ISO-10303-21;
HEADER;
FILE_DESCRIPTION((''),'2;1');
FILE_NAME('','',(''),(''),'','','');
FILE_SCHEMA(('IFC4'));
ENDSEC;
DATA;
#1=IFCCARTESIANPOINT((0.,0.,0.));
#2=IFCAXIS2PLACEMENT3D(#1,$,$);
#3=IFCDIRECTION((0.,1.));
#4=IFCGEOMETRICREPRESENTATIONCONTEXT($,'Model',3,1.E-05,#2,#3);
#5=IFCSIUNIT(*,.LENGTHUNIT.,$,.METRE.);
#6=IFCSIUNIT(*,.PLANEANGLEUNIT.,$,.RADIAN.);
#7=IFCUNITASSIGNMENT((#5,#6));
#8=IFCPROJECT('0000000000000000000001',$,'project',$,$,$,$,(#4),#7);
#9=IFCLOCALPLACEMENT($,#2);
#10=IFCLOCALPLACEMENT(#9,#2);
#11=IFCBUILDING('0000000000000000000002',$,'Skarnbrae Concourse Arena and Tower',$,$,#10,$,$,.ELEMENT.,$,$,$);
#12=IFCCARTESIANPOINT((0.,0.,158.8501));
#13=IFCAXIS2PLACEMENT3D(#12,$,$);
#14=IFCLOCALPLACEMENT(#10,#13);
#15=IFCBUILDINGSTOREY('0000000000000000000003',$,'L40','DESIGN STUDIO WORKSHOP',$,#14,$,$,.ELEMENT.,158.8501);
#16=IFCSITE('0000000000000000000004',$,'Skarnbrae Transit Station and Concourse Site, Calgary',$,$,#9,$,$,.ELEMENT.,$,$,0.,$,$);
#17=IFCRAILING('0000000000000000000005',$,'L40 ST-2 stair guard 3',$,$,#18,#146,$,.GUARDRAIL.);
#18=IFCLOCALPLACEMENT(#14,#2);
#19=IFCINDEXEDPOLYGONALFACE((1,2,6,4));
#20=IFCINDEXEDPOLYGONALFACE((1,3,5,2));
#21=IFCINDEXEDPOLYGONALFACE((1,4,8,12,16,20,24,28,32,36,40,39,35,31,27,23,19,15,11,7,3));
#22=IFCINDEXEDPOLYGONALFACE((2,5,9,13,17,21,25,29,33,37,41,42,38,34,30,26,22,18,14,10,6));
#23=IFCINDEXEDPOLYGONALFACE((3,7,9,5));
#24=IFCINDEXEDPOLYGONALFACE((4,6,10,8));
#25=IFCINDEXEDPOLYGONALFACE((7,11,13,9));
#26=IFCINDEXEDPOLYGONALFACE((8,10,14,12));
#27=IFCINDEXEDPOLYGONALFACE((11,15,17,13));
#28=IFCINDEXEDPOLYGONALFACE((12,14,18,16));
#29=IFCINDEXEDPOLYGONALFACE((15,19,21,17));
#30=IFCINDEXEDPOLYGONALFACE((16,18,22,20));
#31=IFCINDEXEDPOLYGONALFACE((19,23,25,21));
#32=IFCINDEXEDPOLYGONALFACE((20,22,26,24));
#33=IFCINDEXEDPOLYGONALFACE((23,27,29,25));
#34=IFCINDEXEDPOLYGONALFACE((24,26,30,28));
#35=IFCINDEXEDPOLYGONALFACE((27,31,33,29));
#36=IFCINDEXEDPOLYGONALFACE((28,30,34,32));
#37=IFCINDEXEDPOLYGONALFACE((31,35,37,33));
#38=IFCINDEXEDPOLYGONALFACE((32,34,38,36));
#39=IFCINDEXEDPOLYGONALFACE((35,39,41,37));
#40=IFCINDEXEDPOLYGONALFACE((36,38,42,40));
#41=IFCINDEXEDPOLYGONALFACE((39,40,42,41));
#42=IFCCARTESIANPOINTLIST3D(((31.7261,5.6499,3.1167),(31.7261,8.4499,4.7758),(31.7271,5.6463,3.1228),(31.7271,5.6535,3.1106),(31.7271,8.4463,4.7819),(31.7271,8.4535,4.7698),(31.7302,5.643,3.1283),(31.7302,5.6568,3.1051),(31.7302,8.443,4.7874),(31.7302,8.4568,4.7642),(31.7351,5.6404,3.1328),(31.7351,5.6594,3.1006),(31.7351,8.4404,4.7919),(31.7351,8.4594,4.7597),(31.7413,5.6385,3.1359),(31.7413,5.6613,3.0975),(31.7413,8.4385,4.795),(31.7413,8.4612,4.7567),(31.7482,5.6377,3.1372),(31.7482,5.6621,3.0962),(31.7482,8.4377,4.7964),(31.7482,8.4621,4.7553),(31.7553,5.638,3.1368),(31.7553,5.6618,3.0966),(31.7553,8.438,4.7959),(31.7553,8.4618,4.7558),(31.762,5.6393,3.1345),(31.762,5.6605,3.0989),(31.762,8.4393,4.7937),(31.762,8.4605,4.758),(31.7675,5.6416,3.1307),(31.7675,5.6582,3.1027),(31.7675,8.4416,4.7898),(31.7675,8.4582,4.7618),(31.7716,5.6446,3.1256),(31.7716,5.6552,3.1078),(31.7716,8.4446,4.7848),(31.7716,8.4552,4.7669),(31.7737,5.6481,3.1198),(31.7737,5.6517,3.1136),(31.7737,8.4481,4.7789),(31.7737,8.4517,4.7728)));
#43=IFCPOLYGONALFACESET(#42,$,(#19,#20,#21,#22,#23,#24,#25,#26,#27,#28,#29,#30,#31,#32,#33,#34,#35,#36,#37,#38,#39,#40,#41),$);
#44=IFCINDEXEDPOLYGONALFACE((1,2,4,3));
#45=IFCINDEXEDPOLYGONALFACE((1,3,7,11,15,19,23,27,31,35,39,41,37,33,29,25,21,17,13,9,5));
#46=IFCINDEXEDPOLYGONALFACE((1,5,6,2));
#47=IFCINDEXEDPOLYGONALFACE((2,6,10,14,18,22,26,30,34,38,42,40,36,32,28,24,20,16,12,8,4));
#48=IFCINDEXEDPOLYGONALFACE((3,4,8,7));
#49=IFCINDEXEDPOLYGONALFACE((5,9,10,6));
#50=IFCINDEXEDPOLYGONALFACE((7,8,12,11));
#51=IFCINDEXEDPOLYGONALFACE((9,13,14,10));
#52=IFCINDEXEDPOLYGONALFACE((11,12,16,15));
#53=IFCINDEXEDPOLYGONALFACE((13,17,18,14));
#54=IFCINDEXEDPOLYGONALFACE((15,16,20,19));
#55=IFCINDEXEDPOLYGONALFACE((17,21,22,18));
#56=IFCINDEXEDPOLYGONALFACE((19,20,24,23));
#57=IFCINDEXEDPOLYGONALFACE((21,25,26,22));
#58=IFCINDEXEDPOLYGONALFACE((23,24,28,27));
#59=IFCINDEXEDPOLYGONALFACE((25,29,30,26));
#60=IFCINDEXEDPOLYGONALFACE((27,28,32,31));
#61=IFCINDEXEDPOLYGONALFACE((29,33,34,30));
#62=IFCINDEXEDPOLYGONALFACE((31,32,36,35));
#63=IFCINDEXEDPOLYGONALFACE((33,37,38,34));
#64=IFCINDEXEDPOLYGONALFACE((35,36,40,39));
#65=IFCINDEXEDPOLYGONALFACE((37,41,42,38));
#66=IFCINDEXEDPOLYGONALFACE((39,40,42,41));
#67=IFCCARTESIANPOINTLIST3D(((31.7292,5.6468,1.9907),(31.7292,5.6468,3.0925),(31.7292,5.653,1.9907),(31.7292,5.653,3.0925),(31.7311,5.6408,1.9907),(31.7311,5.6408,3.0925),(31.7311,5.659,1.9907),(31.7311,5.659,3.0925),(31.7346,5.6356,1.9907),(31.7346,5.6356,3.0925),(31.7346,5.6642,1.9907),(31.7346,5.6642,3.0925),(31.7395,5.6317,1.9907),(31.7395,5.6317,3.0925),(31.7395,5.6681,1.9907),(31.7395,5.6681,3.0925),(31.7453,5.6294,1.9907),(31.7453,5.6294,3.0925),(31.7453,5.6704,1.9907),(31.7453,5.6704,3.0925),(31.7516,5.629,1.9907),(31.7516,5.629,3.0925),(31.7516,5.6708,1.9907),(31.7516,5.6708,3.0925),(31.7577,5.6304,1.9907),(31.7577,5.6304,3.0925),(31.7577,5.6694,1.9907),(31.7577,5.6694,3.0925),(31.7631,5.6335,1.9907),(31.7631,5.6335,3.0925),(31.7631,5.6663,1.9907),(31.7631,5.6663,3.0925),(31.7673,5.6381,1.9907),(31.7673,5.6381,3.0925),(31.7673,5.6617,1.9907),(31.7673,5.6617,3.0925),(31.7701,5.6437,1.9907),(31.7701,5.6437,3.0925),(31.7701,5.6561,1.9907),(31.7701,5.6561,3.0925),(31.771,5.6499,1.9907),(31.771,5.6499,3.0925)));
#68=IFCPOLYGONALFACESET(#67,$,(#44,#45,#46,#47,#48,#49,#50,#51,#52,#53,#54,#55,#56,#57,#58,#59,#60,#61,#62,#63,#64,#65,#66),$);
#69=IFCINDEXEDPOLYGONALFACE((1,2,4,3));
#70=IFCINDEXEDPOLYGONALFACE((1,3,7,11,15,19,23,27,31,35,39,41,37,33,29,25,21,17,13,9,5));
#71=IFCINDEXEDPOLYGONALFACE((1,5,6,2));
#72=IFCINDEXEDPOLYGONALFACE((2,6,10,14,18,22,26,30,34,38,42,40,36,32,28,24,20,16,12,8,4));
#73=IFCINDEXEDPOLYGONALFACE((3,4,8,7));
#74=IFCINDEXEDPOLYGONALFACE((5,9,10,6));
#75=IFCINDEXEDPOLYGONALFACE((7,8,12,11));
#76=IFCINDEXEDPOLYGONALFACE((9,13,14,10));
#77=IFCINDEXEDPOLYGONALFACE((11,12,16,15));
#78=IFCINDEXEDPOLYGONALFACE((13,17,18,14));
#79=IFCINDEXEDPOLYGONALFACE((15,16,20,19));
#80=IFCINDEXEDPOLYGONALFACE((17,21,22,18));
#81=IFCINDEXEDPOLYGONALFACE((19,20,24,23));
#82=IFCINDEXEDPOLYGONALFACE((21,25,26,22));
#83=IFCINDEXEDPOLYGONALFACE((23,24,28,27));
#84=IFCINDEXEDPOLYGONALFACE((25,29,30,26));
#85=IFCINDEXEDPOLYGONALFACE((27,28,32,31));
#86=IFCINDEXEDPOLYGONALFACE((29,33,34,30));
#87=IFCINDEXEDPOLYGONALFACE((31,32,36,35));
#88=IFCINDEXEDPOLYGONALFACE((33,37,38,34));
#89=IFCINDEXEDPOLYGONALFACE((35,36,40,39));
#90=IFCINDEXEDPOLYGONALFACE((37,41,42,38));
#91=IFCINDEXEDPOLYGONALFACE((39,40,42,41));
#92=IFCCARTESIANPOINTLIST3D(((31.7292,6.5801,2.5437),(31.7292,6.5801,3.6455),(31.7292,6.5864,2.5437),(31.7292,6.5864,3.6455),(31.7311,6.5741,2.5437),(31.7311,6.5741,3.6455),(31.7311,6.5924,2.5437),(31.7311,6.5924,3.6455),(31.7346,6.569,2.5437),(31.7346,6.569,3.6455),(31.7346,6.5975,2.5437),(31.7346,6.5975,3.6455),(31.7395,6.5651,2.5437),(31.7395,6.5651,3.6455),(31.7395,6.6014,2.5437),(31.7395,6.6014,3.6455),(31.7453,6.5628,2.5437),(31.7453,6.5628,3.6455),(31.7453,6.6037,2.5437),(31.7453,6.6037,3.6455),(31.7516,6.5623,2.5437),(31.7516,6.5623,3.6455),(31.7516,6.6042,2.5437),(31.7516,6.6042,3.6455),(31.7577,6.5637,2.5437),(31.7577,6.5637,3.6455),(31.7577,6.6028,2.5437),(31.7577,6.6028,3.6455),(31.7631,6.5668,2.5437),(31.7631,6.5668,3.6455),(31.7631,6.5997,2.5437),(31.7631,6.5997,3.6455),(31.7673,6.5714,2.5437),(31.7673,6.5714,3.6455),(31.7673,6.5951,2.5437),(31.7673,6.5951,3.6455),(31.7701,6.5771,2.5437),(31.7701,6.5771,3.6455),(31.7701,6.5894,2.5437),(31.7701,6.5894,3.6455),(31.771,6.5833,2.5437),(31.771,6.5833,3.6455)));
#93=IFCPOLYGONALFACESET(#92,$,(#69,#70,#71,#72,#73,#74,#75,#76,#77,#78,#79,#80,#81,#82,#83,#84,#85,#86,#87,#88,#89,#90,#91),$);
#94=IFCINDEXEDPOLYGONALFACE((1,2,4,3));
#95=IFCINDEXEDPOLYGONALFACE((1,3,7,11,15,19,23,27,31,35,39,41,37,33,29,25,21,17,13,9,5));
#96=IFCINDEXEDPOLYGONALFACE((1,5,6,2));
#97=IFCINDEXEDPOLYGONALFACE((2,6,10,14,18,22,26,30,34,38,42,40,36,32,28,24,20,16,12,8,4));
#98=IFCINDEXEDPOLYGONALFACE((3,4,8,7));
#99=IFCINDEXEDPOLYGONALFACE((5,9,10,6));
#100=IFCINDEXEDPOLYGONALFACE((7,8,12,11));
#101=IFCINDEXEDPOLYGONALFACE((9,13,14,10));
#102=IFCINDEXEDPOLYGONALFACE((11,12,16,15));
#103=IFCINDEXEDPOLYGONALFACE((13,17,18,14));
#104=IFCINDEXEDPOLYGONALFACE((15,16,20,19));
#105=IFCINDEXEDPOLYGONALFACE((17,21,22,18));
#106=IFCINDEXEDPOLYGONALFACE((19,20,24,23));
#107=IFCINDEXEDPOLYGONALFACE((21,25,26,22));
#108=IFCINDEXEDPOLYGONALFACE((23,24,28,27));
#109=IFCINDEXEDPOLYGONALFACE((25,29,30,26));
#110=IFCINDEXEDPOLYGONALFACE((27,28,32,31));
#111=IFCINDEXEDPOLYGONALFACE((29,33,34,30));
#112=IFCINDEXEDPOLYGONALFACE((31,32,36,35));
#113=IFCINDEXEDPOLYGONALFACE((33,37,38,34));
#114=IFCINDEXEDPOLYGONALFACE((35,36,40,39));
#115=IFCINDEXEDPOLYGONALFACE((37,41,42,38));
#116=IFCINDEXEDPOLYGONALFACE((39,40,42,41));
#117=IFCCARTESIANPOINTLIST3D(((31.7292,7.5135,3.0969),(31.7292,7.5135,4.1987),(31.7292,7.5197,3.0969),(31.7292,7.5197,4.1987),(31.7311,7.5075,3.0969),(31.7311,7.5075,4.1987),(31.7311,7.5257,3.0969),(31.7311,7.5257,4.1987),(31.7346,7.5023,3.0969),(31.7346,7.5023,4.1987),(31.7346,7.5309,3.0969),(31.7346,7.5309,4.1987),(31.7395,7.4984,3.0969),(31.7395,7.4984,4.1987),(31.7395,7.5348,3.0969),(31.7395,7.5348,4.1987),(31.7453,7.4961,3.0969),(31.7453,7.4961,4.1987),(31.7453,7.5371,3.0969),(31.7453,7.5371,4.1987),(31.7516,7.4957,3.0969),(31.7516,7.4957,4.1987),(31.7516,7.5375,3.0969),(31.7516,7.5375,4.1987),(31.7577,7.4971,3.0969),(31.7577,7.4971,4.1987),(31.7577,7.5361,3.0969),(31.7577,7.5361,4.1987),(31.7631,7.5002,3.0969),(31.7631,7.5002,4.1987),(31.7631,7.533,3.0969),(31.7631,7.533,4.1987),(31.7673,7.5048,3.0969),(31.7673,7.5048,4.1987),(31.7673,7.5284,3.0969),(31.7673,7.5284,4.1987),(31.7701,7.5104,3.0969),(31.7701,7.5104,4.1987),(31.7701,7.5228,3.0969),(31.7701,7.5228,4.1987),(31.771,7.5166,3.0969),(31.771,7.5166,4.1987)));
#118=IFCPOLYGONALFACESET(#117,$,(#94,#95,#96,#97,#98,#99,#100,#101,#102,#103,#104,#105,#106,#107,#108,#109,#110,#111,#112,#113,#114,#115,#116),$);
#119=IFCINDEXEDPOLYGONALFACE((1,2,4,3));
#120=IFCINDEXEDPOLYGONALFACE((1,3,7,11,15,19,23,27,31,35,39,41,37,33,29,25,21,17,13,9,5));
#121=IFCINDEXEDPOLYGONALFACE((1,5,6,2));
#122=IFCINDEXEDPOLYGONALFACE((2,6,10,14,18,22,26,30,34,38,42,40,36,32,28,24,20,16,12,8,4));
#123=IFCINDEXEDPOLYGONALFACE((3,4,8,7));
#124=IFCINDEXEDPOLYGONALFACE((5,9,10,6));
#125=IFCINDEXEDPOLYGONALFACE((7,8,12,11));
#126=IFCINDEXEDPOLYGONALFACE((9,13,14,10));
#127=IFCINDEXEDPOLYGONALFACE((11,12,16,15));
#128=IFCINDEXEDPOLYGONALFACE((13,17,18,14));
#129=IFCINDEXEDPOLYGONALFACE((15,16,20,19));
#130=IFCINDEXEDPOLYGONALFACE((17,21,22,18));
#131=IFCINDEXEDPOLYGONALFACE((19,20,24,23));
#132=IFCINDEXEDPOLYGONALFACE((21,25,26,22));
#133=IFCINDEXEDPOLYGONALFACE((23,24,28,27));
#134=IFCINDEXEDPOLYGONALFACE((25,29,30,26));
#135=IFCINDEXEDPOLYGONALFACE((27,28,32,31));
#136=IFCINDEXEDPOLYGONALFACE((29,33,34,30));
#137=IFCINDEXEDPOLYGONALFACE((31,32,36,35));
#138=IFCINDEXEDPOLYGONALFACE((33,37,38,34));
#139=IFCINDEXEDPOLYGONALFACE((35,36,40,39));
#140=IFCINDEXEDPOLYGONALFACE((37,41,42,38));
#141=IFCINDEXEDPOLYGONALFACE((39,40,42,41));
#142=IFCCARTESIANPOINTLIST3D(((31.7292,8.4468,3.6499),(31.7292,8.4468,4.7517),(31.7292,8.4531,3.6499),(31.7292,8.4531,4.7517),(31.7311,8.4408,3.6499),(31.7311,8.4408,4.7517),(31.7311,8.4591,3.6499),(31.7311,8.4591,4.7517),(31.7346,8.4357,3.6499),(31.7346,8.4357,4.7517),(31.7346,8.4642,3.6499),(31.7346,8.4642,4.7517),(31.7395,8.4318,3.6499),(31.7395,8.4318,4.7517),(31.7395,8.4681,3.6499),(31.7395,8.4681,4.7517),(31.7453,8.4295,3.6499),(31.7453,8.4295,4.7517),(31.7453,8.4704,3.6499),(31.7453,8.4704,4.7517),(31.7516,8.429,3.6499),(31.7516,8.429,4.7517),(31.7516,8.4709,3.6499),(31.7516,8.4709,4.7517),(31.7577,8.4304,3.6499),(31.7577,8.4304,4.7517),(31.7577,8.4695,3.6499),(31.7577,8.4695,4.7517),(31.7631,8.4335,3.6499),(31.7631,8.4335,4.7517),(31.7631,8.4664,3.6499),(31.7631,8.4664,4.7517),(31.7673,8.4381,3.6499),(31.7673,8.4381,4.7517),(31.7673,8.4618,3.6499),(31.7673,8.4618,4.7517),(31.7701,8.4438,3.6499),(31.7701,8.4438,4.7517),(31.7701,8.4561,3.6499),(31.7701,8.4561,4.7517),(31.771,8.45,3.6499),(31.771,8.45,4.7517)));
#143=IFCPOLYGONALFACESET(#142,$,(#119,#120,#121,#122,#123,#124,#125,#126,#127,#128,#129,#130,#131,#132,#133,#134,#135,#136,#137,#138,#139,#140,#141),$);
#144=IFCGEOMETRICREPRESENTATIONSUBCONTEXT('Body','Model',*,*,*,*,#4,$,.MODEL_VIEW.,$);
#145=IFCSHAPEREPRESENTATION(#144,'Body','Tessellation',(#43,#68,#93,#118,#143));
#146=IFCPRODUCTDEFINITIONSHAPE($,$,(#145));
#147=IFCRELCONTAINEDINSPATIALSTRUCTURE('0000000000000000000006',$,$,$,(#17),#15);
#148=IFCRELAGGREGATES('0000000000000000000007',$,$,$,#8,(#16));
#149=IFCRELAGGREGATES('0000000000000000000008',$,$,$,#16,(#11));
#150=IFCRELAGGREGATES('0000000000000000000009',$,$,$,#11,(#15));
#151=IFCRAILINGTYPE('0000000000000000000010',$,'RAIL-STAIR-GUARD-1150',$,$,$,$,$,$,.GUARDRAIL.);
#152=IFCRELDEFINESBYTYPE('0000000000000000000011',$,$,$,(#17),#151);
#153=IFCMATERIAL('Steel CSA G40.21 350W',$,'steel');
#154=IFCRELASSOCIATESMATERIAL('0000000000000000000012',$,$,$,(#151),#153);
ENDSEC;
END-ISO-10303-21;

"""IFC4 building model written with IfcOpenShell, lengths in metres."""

from ifc_helpers import new_model, si_unit, direction, frame, origin, origin_2d, place, context, subcontext, project, spatial, circle, extrude, material, type_object, element, save


model = new_model("IFC4")

# Units and contexts
model_context = context("Model", 3, precision=1e-05, world=origin(), true_north=direction((0.0, 1.0)))
body_context = subcontext(model_context, "Body", "Model", "MODEL_VIEW")
ifc_project = project(units=[si_unit("LENGTHUNIT", "METRE"), si_unit("PLANEANGLEUNIT", "RADIAN")], contexts=[model_context])

# Site, building, storey
site_placement = place(None, origin())
site = spatial("IfcSite", under=ifc_project, at=site_placement, Name="Skarnbrae Transit Station and Concourse Site, Calgary", CompositionType="ELEMENT", RefElevation=0.0)
building_placement = place(site_placement, origin())
building = spatial("IfcBuilding", under=site, at=building_placement, Name="Skarnbrae Concourse Arena and Tower", CompositionType="ELEMENT")
storey_placement = place(building_placement, frame((0.0, 0.0, 158.8501)))
storey = spatial("IfcBuildingStorey", under=building, at=storey_placement, Name="L40", Description="DESIGN STUDIO WORKSHOP", CompositionType="ELEMENT", Elevation=158.8501)

# Shared definitions
ifc_material_1 = material(Name="Steel CSA G40.21 350W", Category="steel")

# Railing
railing_type_1 = type_object("IfcRailingType", Name="RAIL-STAIR-GUARD-1150", PredefinedType="GUARDRAIL", material=ifc_material_1)
railing_1_placement = place(storey_placement, frame((31.75, 5.6499, 1.9907)))
element("IfcRailing", 1, at=railing_1_placement, inside=storey, type_object=railing_type_1, Name="L40 ST-2 stair guard 3", PredefinedType="GUARDRAIL", context=body_context, shape_type="SweptSolid", body=[
    extrude(circle(Radius=0.0239, at=origin_2d()), frame((0.0, 0.0, 1.126), z_axis=(0.0, 0.860306, 0.509778), x_axis=(-1.0, 0.0, 0.0)), (0.0, 0.0, 1.0), 3.2546),
    extrude(circle(Radius=0.021, at=origin_2d()), origin(), (0.0, 0.0, 1.0), 1.1018),
    extrude(circle(Radius=0.021, at=origin_2d()), frame((0.0, 0.9333, 0.553)), (0.0, 0.0, 1.0), 1.1018),
    extrude(circle(Radius=0.021, at=origin_2d()), frame((0.0, 1.8667, 1.1062)), (0.0, 0.0, 1.0), 1.1018),
    extrude(circle(Radius=0.021, at=origin_2d()), frame((0.0, 2.8, 1.6592)), (0.0, 0.0, 1.0), 1.1018),
])

save(model, "model.ifc")
